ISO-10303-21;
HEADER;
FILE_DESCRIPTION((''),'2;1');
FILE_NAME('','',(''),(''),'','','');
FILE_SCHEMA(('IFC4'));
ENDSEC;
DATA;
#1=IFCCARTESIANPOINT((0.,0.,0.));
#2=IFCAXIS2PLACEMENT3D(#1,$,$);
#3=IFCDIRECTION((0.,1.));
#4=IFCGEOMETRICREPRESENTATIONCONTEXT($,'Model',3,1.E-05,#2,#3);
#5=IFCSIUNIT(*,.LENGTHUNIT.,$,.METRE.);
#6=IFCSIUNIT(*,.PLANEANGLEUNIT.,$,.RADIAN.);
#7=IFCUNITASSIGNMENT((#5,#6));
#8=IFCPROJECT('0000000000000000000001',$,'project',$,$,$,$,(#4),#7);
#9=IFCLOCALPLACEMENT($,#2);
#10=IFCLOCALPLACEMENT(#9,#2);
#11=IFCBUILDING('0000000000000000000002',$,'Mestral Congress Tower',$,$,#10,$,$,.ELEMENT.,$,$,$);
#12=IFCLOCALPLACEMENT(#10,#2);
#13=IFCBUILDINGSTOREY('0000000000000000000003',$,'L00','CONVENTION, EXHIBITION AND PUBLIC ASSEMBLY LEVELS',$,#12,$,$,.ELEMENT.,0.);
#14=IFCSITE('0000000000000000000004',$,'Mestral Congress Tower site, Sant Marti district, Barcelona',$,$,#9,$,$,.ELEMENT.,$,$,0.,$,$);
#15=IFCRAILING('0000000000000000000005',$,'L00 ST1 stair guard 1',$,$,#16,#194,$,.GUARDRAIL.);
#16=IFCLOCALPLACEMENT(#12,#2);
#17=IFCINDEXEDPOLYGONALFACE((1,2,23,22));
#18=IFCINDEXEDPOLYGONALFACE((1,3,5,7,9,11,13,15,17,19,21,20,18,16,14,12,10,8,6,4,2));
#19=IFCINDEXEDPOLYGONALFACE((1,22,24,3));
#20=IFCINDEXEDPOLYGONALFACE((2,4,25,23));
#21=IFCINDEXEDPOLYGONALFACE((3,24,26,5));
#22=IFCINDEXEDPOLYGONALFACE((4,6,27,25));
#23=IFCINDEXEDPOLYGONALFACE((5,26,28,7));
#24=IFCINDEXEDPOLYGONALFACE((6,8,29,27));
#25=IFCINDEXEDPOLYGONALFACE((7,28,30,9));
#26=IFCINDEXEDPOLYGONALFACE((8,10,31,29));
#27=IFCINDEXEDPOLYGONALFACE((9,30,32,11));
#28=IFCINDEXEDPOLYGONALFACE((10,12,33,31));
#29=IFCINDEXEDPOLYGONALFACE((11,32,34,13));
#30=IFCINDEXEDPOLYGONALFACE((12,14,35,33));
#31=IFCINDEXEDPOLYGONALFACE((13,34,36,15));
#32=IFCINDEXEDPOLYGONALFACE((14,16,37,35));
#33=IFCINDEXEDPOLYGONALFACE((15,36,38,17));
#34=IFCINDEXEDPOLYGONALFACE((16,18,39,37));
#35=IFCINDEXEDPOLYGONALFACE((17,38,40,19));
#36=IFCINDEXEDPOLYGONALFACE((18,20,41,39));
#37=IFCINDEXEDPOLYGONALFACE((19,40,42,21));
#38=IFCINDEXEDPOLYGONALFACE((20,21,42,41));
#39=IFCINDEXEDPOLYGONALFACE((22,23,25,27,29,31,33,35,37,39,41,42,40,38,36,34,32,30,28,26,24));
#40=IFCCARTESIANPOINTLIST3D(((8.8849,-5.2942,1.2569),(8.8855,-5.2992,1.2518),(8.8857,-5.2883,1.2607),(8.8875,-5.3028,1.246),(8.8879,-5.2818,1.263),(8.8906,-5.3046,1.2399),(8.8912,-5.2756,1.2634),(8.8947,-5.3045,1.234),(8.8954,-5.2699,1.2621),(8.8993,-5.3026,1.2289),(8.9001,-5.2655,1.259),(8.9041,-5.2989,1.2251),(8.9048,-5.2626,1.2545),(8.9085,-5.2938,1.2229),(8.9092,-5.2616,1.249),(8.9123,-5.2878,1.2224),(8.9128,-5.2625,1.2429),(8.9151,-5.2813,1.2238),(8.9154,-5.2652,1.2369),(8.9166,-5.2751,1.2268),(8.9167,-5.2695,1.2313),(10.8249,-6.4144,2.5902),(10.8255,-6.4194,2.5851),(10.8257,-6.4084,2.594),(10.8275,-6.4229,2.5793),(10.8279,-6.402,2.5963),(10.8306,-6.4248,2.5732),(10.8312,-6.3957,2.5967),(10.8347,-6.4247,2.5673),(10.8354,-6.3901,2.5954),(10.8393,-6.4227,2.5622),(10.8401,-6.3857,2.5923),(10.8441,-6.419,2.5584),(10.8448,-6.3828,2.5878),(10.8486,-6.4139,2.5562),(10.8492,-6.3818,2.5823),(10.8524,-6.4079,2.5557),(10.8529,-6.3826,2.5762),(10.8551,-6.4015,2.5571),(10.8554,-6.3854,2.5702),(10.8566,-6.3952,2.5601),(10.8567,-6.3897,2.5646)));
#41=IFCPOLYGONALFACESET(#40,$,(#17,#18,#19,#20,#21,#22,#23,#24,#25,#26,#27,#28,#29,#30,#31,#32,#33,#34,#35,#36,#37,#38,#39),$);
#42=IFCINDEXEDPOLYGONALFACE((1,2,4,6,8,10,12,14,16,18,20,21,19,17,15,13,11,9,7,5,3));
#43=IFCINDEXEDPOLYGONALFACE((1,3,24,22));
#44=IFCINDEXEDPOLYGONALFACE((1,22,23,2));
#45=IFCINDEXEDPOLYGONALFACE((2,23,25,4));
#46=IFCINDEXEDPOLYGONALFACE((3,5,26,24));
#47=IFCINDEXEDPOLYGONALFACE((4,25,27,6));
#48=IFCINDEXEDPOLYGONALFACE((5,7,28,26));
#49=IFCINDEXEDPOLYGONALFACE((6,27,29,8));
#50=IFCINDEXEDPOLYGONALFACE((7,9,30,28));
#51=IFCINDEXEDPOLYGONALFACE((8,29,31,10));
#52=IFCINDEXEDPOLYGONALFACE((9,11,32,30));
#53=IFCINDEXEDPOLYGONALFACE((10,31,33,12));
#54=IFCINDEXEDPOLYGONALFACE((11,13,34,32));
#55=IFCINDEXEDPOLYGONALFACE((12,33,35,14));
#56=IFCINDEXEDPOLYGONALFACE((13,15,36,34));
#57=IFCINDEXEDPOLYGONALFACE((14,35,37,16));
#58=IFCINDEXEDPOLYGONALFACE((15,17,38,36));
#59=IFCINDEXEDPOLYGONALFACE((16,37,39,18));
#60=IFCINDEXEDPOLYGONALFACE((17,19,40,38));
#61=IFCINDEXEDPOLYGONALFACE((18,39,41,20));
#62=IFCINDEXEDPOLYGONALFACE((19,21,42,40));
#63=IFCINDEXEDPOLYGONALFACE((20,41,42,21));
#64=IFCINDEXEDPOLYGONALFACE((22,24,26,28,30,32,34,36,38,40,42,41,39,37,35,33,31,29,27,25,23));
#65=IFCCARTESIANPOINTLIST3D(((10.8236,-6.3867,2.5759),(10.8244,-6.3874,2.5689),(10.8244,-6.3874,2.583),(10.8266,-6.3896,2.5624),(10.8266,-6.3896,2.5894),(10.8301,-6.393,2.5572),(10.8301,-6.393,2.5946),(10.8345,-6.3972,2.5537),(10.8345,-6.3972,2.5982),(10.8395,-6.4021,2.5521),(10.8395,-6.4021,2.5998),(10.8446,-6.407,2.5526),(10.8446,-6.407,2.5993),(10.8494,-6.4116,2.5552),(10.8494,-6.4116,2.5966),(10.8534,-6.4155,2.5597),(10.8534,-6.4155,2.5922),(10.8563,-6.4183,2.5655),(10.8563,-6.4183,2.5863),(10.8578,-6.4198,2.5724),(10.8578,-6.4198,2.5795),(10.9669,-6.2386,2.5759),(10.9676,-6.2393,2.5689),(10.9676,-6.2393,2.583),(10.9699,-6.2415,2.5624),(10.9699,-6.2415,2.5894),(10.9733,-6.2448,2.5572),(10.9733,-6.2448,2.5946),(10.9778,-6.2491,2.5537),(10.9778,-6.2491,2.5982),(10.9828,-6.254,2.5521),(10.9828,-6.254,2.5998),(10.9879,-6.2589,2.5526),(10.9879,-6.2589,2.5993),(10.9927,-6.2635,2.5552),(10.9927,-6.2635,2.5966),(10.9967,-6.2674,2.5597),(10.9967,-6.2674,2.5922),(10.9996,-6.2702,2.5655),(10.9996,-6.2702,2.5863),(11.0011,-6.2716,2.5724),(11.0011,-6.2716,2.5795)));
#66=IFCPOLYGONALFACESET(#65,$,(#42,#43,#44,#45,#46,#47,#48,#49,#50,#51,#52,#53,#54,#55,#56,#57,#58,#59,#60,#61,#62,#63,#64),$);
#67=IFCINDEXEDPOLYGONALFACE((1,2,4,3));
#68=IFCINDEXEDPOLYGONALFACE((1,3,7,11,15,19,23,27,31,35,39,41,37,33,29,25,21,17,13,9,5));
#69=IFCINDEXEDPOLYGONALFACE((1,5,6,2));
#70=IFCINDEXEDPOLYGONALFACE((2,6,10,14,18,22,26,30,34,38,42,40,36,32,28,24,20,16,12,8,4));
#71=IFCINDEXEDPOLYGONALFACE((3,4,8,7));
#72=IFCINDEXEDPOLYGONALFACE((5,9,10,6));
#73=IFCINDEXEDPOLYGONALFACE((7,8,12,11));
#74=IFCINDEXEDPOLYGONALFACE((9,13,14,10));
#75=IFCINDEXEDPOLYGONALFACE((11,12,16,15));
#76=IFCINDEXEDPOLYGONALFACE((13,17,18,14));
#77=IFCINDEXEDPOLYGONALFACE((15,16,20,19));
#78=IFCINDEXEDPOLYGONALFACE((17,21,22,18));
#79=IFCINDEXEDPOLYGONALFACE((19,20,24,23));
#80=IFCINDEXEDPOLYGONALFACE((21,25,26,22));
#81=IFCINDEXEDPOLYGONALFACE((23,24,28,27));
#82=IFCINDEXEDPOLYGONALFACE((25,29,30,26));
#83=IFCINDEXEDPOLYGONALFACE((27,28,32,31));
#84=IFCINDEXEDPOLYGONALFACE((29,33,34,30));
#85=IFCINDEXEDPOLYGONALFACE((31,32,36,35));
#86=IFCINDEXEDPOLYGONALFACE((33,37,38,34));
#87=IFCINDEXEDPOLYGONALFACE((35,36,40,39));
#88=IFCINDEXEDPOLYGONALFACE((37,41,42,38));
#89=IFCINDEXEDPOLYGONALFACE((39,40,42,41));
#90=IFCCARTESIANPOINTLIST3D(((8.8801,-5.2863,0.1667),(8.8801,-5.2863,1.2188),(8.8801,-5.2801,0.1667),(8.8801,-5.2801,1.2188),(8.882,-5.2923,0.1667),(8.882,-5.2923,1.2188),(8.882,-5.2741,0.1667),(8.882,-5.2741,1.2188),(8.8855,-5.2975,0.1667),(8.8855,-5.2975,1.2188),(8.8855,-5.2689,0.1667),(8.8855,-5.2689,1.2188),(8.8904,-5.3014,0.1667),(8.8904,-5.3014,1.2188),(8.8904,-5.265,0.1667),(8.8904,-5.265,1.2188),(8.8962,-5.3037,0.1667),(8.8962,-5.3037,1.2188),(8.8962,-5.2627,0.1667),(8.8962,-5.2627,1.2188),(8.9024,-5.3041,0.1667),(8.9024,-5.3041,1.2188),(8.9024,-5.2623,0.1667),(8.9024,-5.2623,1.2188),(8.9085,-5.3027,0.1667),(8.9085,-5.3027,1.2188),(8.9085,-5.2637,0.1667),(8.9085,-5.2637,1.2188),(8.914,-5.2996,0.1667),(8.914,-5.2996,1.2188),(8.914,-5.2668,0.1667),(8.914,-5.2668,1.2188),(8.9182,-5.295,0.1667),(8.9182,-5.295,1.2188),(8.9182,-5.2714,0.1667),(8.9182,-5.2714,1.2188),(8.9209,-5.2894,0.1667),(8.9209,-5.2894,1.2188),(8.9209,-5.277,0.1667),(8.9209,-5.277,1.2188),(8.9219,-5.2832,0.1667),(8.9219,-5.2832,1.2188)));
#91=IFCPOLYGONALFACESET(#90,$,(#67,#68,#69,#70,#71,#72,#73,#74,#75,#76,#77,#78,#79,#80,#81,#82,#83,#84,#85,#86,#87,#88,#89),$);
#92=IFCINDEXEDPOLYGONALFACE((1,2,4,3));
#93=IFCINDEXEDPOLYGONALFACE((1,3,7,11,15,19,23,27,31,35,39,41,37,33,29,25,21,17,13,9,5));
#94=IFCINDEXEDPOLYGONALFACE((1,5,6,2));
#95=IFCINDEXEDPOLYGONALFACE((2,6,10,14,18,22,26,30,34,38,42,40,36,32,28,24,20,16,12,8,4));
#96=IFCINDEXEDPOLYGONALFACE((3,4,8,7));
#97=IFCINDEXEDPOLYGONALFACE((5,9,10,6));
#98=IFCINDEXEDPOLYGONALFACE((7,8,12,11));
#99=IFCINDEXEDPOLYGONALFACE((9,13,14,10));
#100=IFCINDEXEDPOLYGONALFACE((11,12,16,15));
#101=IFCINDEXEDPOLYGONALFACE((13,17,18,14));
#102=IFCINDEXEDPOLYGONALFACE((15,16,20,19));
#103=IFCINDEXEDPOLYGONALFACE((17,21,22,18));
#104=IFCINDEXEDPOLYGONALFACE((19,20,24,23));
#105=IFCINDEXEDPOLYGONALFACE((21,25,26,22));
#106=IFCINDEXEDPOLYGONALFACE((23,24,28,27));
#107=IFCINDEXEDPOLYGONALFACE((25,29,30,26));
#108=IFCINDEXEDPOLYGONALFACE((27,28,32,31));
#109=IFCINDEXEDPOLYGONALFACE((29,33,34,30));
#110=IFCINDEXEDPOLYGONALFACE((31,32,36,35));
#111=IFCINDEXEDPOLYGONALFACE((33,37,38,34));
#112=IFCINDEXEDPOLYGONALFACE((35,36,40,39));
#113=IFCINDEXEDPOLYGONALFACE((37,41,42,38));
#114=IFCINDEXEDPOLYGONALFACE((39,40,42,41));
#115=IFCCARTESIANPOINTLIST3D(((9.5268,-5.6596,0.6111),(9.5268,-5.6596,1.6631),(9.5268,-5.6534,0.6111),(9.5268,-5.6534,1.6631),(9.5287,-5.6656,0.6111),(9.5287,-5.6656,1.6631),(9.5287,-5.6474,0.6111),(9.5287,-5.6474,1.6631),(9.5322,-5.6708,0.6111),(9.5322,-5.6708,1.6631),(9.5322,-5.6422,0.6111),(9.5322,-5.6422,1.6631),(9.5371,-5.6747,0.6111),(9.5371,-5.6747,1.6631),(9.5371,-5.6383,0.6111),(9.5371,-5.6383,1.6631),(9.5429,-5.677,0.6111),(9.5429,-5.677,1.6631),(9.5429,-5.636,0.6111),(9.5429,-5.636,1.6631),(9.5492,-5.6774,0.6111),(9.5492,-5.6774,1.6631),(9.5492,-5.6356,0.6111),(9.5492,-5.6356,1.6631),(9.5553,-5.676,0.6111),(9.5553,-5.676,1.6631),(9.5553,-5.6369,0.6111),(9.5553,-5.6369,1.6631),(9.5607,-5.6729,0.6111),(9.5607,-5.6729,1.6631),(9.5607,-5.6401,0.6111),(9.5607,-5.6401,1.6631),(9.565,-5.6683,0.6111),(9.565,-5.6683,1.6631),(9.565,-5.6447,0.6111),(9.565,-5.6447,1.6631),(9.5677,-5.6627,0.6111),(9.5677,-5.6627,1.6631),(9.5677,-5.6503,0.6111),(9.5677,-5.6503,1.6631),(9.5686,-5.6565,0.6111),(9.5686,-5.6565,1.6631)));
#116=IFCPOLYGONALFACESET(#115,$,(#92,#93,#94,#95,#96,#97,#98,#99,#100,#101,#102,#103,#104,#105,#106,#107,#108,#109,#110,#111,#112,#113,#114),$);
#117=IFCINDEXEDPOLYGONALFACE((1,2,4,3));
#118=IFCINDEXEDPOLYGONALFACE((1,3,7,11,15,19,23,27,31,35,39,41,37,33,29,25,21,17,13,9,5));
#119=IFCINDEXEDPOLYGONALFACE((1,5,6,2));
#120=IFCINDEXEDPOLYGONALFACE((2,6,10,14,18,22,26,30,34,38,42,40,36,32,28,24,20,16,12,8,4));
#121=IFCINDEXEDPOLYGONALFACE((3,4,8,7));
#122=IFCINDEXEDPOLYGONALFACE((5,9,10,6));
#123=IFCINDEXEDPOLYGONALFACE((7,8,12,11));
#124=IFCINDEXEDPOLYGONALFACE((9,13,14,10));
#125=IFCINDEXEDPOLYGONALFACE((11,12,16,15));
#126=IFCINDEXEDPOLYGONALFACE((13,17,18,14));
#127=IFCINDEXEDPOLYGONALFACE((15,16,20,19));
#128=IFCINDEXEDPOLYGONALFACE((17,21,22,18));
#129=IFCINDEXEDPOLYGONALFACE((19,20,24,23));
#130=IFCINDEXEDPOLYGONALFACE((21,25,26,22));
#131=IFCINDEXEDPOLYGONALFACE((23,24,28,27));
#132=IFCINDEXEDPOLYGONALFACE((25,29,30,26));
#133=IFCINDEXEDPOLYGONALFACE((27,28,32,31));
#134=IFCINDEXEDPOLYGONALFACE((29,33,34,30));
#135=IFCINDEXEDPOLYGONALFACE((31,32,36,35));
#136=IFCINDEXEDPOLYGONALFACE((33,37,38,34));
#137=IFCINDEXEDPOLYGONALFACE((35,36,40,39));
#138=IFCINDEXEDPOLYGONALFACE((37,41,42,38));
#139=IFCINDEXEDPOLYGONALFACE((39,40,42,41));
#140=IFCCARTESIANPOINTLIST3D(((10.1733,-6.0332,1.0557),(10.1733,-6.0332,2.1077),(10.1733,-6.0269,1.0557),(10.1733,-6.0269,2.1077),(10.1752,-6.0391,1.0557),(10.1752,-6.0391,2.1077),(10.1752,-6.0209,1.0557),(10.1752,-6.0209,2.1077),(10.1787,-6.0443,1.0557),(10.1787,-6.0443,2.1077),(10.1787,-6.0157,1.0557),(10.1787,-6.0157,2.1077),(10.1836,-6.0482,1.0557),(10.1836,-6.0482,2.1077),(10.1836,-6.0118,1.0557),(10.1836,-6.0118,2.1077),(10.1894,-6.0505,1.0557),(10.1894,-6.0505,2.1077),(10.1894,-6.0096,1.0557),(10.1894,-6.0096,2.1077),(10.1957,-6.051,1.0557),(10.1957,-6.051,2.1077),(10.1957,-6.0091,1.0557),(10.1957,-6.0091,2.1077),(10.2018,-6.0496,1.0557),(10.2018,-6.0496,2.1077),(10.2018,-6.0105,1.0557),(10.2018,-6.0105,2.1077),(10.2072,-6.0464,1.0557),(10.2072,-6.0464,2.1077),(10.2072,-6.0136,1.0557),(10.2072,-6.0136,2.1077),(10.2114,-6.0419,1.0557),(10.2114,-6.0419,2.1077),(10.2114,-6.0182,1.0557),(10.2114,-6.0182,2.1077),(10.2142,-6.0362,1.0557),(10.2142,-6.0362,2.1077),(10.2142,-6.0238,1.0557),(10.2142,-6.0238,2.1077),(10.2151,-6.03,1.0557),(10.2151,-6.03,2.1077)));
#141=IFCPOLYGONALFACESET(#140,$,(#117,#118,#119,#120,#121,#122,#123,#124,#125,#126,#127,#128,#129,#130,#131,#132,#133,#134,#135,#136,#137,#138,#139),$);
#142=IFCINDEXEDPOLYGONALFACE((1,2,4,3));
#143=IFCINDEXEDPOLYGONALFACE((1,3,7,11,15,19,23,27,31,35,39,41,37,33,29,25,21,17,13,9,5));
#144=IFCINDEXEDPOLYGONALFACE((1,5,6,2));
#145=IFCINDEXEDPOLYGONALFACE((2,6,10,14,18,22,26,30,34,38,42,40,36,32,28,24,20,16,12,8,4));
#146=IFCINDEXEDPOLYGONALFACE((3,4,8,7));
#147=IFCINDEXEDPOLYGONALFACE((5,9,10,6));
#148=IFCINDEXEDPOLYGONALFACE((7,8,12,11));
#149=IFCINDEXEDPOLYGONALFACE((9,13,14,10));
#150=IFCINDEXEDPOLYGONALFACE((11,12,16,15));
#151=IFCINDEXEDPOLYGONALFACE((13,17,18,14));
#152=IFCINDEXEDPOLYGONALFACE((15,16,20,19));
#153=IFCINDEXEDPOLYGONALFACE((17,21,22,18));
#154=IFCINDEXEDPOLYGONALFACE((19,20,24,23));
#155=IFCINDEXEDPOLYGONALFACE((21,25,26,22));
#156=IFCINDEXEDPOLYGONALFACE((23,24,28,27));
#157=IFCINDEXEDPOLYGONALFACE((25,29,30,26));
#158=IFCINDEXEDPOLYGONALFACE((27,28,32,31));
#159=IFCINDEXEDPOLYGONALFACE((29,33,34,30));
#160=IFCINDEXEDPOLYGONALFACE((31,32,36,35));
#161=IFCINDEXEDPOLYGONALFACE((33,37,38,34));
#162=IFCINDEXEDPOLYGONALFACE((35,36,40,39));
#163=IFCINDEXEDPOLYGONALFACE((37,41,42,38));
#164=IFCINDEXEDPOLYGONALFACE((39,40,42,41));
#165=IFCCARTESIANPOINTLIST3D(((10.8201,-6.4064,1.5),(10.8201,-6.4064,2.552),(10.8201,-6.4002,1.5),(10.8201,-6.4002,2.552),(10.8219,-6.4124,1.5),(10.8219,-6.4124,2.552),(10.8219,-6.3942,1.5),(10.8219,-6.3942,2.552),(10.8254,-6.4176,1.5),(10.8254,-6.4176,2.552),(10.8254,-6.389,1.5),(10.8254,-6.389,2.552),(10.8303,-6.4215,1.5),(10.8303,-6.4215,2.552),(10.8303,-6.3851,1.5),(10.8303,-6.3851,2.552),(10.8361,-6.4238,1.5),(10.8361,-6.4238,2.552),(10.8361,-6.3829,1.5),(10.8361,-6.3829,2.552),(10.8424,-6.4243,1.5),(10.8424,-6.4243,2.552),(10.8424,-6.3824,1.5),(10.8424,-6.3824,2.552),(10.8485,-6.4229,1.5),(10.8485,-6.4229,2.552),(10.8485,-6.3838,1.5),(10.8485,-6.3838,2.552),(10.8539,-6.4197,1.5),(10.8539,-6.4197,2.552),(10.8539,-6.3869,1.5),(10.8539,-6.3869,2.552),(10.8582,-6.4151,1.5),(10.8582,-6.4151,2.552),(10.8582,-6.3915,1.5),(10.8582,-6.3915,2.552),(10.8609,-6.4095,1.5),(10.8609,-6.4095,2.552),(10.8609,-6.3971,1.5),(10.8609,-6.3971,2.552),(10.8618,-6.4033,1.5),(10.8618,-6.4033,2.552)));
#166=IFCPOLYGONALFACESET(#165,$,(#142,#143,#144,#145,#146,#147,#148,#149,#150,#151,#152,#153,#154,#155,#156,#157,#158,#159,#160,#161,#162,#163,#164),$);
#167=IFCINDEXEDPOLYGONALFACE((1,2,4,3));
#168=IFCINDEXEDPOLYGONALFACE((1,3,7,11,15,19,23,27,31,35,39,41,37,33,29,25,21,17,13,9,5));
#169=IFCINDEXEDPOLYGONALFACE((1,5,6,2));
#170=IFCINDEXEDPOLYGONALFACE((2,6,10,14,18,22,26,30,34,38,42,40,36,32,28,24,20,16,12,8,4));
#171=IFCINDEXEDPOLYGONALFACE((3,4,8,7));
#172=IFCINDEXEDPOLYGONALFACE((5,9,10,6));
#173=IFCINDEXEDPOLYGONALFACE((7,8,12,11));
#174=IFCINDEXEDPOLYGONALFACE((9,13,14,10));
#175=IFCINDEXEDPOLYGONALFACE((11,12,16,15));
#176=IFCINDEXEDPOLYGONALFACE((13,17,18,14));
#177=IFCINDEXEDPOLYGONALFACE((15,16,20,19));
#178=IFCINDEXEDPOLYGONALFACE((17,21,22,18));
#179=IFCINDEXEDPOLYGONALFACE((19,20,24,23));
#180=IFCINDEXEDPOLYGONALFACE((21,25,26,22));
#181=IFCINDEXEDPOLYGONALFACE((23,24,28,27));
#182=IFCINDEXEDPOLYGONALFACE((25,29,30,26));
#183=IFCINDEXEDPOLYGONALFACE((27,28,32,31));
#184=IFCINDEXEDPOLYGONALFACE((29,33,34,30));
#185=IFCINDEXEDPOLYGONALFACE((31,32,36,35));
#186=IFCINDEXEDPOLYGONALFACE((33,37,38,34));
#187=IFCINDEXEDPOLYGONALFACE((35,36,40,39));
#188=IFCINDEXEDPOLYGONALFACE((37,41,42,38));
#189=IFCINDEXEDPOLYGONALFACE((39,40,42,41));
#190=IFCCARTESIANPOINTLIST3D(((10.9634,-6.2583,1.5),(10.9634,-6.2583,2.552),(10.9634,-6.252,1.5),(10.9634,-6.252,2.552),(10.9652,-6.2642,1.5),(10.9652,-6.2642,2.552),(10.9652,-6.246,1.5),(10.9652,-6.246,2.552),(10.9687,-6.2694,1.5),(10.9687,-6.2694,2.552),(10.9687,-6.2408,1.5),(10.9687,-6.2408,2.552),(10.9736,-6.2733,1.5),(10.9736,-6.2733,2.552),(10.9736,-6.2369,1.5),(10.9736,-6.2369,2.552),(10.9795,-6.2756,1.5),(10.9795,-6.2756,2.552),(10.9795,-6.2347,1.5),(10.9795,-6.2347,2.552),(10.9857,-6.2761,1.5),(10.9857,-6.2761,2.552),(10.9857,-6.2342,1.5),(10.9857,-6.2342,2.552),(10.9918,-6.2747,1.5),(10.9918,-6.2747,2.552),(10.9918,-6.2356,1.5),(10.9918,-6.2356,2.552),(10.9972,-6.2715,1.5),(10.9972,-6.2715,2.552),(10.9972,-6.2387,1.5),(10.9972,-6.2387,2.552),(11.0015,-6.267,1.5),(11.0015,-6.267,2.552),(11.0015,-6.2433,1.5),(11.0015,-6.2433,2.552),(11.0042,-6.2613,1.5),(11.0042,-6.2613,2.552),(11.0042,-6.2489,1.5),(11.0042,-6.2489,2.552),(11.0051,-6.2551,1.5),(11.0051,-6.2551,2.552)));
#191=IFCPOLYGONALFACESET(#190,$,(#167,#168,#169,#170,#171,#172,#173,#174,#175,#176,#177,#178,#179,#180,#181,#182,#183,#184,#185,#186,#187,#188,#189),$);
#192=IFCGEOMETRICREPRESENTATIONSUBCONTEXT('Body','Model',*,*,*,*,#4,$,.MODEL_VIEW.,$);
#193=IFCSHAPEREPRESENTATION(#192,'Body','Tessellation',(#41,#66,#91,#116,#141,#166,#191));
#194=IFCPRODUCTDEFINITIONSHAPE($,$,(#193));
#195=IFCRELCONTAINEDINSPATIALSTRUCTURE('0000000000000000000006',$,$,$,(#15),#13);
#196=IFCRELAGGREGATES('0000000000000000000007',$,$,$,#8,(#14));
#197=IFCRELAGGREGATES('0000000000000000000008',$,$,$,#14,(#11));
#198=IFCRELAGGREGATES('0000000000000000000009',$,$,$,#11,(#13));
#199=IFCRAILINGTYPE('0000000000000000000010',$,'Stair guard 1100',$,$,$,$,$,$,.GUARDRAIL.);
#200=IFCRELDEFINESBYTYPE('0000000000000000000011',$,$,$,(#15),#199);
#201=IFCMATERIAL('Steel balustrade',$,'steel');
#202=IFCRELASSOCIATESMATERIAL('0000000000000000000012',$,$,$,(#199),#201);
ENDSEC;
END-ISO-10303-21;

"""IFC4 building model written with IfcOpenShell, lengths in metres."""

from ifc_helpers import new_model, si_unit, direction, frame, origin, origin_2d, place, context, subcontext, project, spatial, circle, extrude, material, type_object, element, save


model = new_model("IFC4")

# Units and contexts
model_context = context("Model", 3, precision=1e-05, world=origin(), true_north=direction((0.0, 1.0)))
body_context = subcontext(model_context, "Body", "Model", "MODEL_VIEW")
ifc_project = project(units=[si_unit("LENGTHUNIT", "METRE"), si_unit("PLANEANGLEUNIT", "RADIAN")], contexts=[model_context])

# Site, building, storey
site_placement = place(None, origin())
site = spatial("IfcSite", under=ifc_project, at=site_placement, Name="Mestral Congress Tower site, Sant Marti district, Barcelona", CompositionType="ELEMENT", RefElevation=0.0)
building_placement = place(site_placement, origin())
building = spatial("IfcBuilding", under=site, at=building_placement, Name="Mestral Congress Tower", CompositionType="ELEMENT")
storey_placement = place(building_placement, origin())
storey = spatial("IfcBuildingStorey", under=building, at=storey_placement, Name="L00", Description="CONVENTION, EXHIBITION AND PUBLIC ASSEMBLY LEVELS", CompositionType="ELEMENT", Elevation=0.0)

# Railing
ifc_material_1 = material(Name="Steel balustrade", Category="steel")
railing_type_1 = type_object("IfcRailingType", Name="Stair guard 1100", PredefinedType="GUARDRAIL", material=ifc_material_1)
railing_1_placement = place(storey_placement, frame((8.9009, -5.2832, 0.1667)))
element("IfcRailing", 1, at=railing_1_placement, inside=storey, type_object=railing_type_1, Name="L00 ST1 stair guard 1", PredefinedType="GUARDRAIL", context=body_context, shape_type="SweptSolid", body=[
    extrude(circle(Radius=0.0239, at=origin_2d()), frame((0.0, 0.0, 1.0762), z_axis=(0.744175, -0.429684, 0.511444), x_axis=(0.500031, 0.866008, 0.0)), (0.0, 0.0, 1.0), 2.6069),
    extrude(circle(Radius=0.0239, at=origin_2d()), frame((1.9399, -1.1201, 2.4092), z_axis=(0.695165, 0.71885, 0.0), x_axis=(-0.71885, 0.695165, 0.0)), (0.0, 0.0, 1.0), 0.2061),
    extrude(circle(Radius=0.021, at=origin_2d()), origin(), (0.0, 0.0, 1.0), 1.052),
    extrude(circle(Radius=0.021, at=origin_2d()), frame((0.6467, -0.3733, 0.4443)), (0.0, 0.0, 1.0), 1.052),
    extrude(circle(Radius=0.021, at=origin_2d()), frame((1.2932, -0.7468, 0.8889)), (0.0, 0.0, 1.0), 1.052),
    extrude(circle(Radius=0.021, at=origin_2d()), frame((1.9399, -1.1201, 1.3333)), (0.0, 0.0, 1.0), 1.052),
    extrude(circle(Radius=0.021, at=origin_2d()), frame((2.0833, -0.9719, 1.3333)), (0.0, 0.0, 1.0), 1.052),
])

save(model, "model.ifc")
